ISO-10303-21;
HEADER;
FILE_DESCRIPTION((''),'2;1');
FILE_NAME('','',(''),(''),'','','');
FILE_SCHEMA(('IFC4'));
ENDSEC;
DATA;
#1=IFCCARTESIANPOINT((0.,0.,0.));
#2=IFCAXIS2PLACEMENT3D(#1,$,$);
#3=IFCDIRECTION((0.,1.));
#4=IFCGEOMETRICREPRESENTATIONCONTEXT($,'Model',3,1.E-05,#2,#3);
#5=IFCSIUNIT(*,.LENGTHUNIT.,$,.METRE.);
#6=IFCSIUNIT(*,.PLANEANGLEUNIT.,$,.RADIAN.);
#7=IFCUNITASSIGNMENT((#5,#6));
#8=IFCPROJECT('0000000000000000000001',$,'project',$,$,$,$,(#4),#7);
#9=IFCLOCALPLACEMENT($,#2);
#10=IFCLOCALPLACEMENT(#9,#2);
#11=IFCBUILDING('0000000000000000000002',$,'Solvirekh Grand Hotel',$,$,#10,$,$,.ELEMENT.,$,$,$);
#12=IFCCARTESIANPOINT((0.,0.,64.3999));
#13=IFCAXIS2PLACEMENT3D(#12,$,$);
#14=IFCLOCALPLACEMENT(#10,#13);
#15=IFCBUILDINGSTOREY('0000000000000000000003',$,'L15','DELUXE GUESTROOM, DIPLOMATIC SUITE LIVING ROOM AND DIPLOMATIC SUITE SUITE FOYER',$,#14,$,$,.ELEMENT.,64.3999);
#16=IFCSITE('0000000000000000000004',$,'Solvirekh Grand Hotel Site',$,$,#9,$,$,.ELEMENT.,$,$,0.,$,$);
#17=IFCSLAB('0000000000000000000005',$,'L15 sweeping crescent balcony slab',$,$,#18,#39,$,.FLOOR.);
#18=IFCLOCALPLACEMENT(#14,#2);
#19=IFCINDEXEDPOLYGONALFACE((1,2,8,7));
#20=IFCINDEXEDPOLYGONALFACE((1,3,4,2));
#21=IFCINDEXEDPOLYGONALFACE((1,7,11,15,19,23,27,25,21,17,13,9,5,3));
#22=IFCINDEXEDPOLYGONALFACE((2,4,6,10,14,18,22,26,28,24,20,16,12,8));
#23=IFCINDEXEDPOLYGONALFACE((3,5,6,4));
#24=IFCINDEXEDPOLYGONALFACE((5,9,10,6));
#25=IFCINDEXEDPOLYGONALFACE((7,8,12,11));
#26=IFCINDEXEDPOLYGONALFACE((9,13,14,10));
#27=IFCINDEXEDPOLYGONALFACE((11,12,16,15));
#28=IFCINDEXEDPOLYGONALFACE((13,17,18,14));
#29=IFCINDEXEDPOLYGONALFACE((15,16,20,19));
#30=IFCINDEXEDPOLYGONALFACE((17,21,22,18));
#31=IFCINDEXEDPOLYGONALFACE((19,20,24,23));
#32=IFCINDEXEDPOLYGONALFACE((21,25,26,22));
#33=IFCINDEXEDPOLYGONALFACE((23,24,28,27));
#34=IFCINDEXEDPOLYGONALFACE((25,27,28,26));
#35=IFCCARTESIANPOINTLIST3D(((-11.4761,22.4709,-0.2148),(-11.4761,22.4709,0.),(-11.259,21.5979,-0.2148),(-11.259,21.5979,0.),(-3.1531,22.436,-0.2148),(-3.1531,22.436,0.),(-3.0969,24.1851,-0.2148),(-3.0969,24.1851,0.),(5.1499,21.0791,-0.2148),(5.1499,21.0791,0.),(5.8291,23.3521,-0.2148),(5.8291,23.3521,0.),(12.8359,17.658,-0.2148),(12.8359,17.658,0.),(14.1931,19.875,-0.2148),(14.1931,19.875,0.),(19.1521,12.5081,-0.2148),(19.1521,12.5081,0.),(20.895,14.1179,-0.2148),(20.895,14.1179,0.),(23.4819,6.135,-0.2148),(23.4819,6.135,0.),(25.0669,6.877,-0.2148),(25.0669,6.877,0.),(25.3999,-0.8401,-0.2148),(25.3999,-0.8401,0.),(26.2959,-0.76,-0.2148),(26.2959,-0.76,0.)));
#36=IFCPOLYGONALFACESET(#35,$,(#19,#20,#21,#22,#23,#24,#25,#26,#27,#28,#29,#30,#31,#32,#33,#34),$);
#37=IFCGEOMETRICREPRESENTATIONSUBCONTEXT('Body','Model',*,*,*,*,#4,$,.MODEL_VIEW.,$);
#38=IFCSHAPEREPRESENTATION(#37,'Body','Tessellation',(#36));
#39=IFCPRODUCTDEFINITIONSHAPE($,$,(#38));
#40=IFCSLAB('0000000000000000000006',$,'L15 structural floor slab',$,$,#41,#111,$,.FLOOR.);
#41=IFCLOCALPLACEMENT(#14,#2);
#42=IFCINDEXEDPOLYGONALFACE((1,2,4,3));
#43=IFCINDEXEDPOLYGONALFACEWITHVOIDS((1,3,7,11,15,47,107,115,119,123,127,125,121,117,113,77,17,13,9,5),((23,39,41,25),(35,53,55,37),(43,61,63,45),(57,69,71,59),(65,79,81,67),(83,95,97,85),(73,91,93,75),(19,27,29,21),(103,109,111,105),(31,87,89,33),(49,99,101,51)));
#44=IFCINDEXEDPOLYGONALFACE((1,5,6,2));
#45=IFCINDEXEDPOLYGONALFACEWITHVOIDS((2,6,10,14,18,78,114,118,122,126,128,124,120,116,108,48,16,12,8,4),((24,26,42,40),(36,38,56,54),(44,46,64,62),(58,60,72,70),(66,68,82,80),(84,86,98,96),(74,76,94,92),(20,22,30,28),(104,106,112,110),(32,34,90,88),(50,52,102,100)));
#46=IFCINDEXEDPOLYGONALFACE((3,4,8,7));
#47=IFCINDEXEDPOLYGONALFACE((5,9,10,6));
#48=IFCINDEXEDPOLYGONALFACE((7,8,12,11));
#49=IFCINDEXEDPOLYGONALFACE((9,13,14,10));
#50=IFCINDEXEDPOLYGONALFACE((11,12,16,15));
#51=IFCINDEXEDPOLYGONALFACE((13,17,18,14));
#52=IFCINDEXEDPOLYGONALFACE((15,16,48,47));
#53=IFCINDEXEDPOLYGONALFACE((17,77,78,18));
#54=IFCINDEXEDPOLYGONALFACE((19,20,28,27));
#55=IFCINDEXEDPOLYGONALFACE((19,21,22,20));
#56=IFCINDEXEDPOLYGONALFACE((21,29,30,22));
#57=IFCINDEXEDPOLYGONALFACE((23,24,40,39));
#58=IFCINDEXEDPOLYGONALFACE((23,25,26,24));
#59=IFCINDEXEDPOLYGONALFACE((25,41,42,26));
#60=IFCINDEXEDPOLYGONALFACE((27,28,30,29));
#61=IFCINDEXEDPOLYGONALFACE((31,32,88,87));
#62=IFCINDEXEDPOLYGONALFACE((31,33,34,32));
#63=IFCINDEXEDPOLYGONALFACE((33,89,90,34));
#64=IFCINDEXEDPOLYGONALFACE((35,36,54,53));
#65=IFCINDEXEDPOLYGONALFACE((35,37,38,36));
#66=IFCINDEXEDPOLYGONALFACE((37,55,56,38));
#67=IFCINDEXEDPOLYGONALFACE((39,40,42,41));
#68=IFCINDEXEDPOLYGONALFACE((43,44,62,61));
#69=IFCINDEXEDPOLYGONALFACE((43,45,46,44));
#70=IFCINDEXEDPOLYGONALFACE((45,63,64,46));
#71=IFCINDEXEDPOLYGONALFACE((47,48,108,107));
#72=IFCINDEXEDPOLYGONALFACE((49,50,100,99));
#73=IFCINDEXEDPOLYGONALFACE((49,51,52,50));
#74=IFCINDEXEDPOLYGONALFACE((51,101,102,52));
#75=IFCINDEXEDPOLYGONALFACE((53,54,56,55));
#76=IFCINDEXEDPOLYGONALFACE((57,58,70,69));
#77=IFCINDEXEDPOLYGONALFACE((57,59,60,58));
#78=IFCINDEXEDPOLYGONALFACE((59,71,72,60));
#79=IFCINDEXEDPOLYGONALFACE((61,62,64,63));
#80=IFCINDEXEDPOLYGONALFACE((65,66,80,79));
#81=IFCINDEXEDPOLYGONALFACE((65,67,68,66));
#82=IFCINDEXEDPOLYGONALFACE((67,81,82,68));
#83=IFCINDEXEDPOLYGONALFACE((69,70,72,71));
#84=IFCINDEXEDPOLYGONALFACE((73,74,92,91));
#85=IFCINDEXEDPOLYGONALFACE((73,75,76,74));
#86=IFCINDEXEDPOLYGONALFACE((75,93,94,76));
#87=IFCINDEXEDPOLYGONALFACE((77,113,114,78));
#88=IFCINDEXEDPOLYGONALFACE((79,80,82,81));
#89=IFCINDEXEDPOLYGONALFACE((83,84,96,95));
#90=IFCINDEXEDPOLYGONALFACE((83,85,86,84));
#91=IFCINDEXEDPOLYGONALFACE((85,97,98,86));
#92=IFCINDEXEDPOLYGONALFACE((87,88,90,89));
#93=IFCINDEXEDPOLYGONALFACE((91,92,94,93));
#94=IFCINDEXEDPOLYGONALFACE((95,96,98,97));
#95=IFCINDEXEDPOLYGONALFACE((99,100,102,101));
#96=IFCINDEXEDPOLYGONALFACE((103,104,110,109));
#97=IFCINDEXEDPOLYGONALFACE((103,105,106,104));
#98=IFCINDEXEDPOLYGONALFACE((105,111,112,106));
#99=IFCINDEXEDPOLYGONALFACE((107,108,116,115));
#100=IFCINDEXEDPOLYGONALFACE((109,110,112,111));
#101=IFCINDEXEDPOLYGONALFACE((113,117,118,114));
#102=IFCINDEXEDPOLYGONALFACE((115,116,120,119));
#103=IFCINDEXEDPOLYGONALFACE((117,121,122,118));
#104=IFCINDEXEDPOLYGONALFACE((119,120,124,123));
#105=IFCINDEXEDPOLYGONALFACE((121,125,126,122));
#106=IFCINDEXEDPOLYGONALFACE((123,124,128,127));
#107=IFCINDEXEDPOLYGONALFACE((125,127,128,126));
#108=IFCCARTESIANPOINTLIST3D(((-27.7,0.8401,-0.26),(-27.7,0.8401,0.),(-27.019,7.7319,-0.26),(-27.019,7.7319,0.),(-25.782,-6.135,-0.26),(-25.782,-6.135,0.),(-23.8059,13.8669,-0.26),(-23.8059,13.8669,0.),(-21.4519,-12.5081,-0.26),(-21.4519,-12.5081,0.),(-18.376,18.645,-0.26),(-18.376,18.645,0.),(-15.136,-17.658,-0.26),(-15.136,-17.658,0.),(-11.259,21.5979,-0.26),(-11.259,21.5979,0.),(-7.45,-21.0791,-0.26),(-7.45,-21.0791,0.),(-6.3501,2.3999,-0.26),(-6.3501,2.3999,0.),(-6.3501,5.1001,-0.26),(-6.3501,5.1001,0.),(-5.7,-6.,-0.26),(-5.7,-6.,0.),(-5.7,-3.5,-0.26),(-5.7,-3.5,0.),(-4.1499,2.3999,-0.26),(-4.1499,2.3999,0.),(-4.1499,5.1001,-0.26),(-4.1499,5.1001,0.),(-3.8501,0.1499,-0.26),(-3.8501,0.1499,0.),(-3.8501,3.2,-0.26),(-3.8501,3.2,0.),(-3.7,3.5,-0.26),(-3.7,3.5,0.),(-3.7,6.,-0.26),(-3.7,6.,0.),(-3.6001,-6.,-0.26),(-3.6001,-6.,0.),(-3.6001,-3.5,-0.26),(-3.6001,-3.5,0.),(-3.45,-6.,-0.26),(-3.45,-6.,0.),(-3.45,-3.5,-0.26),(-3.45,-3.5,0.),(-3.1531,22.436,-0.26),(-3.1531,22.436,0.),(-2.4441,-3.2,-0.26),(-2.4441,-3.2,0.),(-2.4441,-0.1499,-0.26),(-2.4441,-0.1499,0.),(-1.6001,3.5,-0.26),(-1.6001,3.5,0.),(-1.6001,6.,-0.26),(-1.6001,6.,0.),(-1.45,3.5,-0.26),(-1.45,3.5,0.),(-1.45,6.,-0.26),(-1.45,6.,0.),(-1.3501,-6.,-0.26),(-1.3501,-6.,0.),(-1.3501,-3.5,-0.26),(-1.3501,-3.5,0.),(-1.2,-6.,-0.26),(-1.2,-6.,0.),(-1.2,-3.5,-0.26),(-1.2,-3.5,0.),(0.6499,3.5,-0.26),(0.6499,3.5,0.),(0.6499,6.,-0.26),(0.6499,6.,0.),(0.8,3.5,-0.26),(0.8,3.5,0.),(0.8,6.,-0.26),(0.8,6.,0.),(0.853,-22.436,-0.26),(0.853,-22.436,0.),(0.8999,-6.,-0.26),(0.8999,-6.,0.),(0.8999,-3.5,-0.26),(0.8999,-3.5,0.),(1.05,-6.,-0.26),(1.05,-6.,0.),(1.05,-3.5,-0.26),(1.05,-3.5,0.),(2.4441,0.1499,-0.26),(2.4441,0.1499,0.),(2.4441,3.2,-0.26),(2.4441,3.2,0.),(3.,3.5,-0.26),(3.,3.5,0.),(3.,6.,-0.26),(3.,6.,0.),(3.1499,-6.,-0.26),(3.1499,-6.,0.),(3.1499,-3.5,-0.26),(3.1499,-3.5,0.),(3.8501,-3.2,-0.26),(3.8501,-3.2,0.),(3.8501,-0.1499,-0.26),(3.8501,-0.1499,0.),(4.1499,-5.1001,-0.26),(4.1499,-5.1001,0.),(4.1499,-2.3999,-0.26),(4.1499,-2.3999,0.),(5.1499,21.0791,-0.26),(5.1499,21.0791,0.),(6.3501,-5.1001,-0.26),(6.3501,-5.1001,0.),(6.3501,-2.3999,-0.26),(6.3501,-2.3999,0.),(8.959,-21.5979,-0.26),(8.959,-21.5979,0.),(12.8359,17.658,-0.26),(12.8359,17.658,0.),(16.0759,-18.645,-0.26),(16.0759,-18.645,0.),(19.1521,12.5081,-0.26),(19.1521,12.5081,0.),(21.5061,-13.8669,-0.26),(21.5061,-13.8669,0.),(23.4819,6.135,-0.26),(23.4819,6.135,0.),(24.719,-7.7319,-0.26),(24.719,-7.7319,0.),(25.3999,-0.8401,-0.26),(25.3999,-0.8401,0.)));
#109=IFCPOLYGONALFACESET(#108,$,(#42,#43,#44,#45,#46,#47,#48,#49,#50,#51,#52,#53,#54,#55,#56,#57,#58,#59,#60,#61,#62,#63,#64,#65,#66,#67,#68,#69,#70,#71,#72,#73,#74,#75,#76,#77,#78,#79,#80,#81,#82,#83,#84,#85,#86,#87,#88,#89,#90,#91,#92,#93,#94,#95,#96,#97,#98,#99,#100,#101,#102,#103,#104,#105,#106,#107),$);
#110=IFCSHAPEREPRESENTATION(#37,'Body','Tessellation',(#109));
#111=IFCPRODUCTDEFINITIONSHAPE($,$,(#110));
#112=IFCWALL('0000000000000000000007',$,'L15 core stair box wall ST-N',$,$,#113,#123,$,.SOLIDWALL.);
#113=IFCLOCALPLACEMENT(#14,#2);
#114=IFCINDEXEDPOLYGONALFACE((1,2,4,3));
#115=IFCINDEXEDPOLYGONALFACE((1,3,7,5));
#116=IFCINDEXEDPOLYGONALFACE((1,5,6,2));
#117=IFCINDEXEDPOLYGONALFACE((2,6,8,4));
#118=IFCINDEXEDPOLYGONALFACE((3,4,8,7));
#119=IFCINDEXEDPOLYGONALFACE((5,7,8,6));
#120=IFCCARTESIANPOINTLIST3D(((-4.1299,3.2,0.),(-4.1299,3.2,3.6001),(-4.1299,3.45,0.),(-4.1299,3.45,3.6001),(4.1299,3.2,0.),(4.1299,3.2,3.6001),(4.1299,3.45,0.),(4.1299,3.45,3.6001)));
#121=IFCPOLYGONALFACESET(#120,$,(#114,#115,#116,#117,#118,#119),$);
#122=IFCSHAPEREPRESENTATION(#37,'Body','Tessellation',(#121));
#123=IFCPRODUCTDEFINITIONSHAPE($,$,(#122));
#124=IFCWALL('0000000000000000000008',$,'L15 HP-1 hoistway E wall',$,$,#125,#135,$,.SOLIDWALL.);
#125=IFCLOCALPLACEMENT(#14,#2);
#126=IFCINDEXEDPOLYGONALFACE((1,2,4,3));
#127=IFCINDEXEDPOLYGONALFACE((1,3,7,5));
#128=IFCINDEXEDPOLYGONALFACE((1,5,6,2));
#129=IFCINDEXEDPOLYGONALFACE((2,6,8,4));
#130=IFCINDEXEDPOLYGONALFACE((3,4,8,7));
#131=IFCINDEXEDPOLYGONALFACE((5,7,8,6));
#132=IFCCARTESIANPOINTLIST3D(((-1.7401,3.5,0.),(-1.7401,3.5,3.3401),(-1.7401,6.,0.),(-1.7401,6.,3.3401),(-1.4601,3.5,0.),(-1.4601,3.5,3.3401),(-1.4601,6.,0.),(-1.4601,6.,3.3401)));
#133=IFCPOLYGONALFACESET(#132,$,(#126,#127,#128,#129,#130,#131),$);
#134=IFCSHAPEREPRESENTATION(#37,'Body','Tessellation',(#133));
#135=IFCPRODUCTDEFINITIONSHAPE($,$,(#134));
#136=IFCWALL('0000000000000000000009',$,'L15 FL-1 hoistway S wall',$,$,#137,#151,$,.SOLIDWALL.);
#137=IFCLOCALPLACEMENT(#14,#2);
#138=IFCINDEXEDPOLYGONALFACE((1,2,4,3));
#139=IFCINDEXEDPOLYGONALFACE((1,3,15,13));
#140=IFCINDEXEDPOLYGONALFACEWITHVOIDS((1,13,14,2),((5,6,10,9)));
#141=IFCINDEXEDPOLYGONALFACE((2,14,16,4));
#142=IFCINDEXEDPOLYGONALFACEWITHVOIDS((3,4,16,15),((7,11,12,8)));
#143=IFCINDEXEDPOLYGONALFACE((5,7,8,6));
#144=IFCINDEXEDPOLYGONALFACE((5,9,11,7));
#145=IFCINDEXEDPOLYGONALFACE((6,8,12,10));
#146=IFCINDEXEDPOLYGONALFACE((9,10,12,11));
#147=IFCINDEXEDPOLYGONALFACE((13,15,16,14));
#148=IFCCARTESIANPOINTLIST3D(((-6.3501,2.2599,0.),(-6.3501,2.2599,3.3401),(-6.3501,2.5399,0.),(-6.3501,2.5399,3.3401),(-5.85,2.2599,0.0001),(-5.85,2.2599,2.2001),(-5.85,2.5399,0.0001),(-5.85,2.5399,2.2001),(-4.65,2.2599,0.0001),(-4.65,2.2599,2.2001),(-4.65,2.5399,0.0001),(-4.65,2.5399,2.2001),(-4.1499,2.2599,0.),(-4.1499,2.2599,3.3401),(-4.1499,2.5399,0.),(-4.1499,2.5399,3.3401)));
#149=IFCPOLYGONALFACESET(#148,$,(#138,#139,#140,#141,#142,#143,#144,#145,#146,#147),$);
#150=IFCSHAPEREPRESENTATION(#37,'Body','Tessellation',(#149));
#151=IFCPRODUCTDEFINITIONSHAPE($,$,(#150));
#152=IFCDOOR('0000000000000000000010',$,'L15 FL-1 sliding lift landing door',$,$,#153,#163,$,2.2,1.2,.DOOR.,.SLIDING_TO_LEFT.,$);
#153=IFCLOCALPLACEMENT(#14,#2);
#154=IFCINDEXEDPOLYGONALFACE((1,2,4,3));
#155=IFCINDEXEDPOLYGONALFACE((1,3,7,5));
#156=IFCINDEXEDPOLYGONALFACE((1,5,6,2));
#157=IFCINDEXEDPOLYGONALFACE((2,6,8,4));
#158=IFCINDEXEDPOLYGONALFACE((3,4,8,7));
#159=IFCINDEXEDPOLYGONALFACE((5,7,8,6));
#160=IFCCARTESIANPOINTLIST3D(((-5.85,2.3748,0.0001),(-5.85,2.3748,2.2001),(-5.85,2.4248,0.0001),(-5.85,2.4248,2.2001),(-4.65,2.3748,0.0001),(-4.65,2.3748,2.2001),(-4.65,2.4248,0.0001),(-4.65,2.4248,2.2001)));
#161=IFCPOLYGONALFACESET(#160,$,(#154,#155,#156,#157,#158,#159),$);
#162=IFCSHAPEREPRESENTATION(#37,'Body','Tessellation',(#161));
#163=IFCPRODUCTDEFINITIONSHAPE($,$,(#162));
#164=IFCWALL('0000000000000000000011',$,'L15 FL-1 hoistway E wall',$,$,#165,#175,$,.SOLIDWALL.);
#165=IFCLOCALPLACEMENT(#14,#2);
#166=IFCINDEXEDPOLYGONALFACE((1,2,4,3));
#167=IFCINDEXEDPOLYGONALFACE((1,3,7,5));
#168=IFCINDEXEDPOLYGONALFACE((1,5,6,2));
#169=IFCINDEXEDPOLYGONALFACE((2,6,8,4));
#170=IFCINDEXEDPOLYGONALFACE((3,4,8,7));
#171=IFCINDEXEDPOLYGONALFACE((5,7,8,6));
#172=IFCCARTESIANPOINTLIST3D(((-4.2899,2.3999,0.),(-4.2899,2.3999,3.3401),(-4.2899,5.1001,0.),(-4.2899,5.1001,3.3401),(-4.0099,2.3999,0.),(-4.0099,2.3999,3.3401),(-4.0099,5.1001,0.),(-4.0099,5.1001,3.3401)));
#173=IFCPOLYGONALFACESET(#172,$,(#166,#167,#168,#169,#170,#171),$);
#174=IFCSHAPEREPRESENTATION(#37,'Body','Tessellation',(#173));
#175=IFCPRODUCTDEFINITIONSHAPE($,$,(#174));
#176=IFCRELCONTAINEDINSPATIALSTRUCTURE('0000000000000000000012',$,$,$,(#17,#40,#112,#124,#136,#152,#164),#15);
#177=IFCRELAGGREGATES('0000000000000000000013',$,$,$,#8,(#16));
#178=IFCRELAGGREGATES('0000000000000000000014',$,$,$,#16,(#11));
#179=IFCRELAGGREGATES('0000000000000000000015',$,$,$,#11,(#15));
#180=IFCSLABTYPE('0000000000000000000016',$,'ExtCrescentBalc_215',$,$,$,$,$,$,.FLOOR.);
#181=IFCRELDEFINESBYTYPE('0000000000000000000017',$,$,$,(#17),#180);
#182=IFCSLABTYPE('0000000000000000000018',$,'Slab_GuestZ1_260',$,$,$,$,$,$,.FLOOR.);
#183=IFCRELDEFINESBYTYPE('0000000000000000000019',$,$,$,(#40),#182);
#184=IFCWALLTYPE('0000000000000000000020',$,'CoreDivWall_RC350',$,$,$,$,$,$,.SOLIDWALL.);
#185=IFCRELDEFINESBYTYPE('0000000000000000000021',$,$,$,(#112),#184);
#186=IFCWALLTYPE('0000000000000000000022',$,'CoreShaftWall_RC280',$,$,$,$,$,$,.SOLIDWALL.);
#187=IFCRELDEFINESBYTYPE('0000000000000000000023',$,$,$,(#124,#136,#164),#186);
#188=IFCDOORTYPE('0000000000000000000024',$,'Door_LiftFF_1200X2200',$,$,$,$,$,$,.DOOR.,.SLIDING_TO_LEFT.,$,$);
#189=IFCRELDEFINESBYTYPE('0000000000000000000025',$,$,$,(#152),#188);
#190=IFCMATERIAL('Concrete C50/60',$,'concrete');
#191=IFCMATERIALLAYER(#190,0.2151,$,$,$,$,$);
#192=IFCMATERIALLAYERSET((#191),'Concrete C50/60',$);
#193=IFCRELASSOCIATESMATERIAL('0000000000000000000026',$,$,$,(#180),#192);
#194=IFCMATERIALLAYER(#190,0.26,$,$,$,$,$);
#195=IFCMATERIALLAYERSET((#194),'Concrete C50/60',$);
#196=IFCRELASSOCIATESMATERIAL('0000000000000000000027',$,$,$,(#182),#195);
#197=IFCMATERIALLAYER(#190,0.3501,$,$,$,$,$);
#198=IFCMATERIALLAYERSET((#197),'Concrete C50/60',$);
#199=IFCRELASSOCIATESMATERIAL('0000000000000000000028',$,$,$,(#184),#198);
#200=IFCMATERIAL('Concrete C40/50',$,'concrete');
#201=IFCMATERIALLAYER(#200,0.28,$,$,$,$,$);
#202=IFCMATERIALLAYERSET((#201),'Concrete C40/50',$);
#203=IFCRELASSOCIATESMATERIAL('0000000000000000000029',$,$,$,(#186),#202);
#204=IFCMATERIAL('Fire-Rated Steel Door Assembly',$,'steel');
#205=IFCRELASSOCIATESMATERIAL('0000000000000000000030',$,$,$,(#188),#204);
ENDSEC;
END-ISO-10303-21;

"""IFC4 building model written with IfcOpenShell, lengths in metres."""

from ifc_helpers import new_model, si_unit, direction, frame, frame_2d, origin, place, context, subcontext, project, spatial, polyline, rectangle, outline, extrude, material, layer, layer_set, type_object, element, fill, save


model = new_model("IFC4")

# Units and contexts
model_context = context("Model", 3, precision=1e-05, world=origin(), true_north=direction((0.0, 1.0)))
body_context = subcontext(model_context, "Body", "Model", "MODEL_VIEW")
ifc_project = project(units=[si_unit("LENGTHUNIT", "METRE"), si_unit("PLANEANGLEUNIT", "RADIAN")], contexts=[model_context])

# Site, building, storey
site_placement = place(None, origin())
site = spatial("IfcSite", under=ifc_project, at=site_placement, Name="Solvirekh Grand Hotel Site", CompositionType="ELEMENT", RefElevation=0.0)
building_placement = place(site_placement, origin())
building = spatial("IfcBuilding", under=site, at=building_placement, Name="Solvirekh Grand Hotel", CompositionType="ELEMENT")
storey_placement = place(building_placement, frame((0.0, 0.0, 64.3999)))
storey = spatial("IfcBuildingStorey", under=building, at=storey_placement, Name="L15", Description="DELUXE GUESTROOM, DIPLOMATIC SUITE LIVING ROOM AND DIPLOMATIC SUITE SUITE FOYER", CompositionType="ELEMENT", Elevation=64.3999)

# Slabs
ifc_material_1 = material(Name="Concrete C50/60", Category="concrete")
ifc_layer_1 = layer(ifc_material_1, 0.2151)
ifc_layer_set_1 = layer_set([ifc_layer_1], Name="Concrete C50/60")
slab_type_1 = type_object("IfcSlabType", Name="ExtCrescentBalc_215", PredefinedType="FLOOR", material=ifc_layer_set_1)
slab_1_placement = place(storey_placement, frame((0.0, 0.0, -0.2148)))
element("IfcSlab", 1, at=slab_1_placement, inside=storey, type_object=slab_type_1, Name="L15 sweeping crescent balcony slab", PredefinedType="FLOOR", context=body_context, shape_type="SweptSolid", body=[
    extrude(outline(polyline([(26.2959, -0.76), (25.0669, 6.877), (20.895, 14.1179), (14.1931, 19.875), (5.8291, 23.3521), (-3.0969, 24.1851), (-11.4761, 22.4709), (-11.259, 21.5979), (-3.1531, 22.436), (5.1499, 21.0791), (12.8359, 17.658), (19.1521, 12.5081), (23.4819, 6.135), (25.3999, -0.8401), (26.2959, -0.76)])), origin(), (0.0, 0.0, 1.0), 0.2148),
])
ifc_layer_2 = layer(ifc_material_1, 0.26)
ifc_layer_set_2 = layer_set([ifc_layer_2], Name="Concrete C50/60")
slab_type_2 = type_object("IfcSlabType", Name="Slab_GuestZ1_260", PredefinedType="FLOOR", material=ifc_layer_set_2)
slab_2_placement = place(storey_placement, frame((0.0, 0.0, -0.26)))
element("IfcSlab", 2, at=slab_2_placement, inside=storey, type_object=slab_type_2, Name="L15 structural floor slab", PredefinedType="FLOOR", context=body_context, shape_type="SweptSolid", body=[
    extrude(outline(polyline([(24.719, -7.7319), (25.3999, -0.8401), (23.4819, 6.135), (19.1521, 12.5081), (12.8359, 17.658), (5.1499, 21.0791), (-3.1531, 22.436), (-11.259, 21.5979), (-18.376, 18.645), (-23.8059, 13.8669), (-27.019, 7.7319), (-27.7, 0.8401), (-25.782, -6.135), (-21.4519, -12.5081), (-15.136, -17.658), (-7.45, -21.0791), (0.853, -22.436), (8.959, -21.5979), (16.0759, -18.645), (21.5061, -13.8669), (24.719, -7.7319)]), holes=[polyline([(-2.4441, -0.1499), (3.8501, -0.1499), (3.8501, -3.2), (-2.4441, -3.2), (-2.4441, -0.1499)]), polyline([(2.4441, 0.1499), (-3.8501, 0.1499), (-3.8501, 3.2), (2.4441, 3.2), (2.4441, 0.1499)]), polyline([(-5.7, -3.5), (-3.6001, -3.5), (-3.6001, -6.0), (-5.7, -6.0), (-5.7, -3.5)]), polyline([(-3.45, -3.5), (-1.3501, -3.5), (-1.3501, -6.0), (-3.45, -6.0), (-3.45, -3.5)]), polyline([(-1.2, -3.5), (0.8999, -3.5), (0.8999, -6.0), (-1.2, -6.0), (-1.2, -3.5)]), polyline([(1.05, -3.5), (3.1499, -3.5), (3.1499, -6.0), (1.05, -6.0), (1.05, -3.5)]), polyline([(-3.7, 6.0), (-1.6001, 6.0), (-1.6001, 3.5), (-3.7, 3.5), (-3.7, 6.0)]), polyline([(-1.45, 6.0), (0.6499, 6.0), (0.6499, 3.5), (-1.45, 3.5), (-1.45, 6.0)]), polyline([(0.8, 6.0), (3.0, 6.0), (3.0, 3.5), (0.8, 3.5), (0.8, 6.0)]), polyline([(-6.3501, 5.1001), (-4.1499, 5.1001), (-4.1499, 2.3999), (-6.3501, 2.3999), (-6.3501, 5.1001)]), polyline([(4.1499, -2.3999), (6.3501, -2.3999), (6.3501, -5.1001), (4.1499, -5.1001), (4.1499, -2.3999)])]), origin(), (0.0, 0.0, 1.0), 0.26),
])

# Walls
ifc_layer_3 = layer(ifc_material_1, 0.3501)
ifc_layer_set_3 = layer_set([ifc_layer_3], Name="Concrete C50/60")
wall_type_1 = type_object("IfcWallType", Name="CoreDivWall_RC350", PredefinedType="SOLIDWALL", material=ifc_layer_set_3)
wall_1_placement = place(storey_placement, frame((-4.1299, 3.325, 0.0), z_axis=(0.0, 0.0, 1.0), x_axis=(1.0, 0.0, 0.0)))
element("IfcWall", 3, at=wall_1_placement, inside=storey, type_object=wall_type_1, Name="L15 core stair box wall ST-N", PredefinedType="SOLIDWALL", context=body_context, shape_type="SweptSolid", body=[
    extrude(rectangle(XDim=8.2598, YDim=0.25, at=frame_2d((4.1299, 0.0))), origin(), (0.0, 0.0, 1.0), 3.6001),
])
ifc_material_2 = material(Name="Concrete C40/50", Category="concrete")
ifc_layer_4 = layer(ifc_material_2, 0.28)
ifc_layer_set_4 = layer_set([ifc_layer_4], Name="Concrete C40/50")
wall_type_2 = type_object("IfcWallType", Name="CoreShaftWall_RC280", PredefinedType="SOLIDWALL", material=ifc_layer_set_4)
wall_2_placement = place(storey_placement, frame((-1.6001, 3.5, 0.0), z_axis=(0.0, 0.0, 1.0), x_axis=(0.0, 1.0, 0.0)))
element("IfcWall", 4, at=wall_2_placement, inside=storey, type_object=wall_type_2, Name="L15 HP-1 hoistway E wall", PredefinedType="SOLIDWALL", context=body_context, shape_type="SweptSolid", body=[
    extrude(rectangle(XDim=2.5, YDim=0.28, at=frame_2d((1.25, 0.0))), origin(), (0.0, 0.0, 1.0), 3.3401),
])

# Wall, opening, door
wall_3_placement = place(storey_placement, frame((-6.3501, 2.3999, 0.0), z_axis=(0.0, 0.0, 1.0), x_axis=(1.0, 0.0, 0.0)))
wall_3 = element("IfcWall", 5, at=wall_3_placement, inside=storey, type_object=wall_type_2, Name="L15 FL-1 hoistway S wall", PredefinedType="SOLIDWALL", context=body_context, shape_type="SweptSolid", body=[
    extrude(rectangle(XDim=2.2002, YDim=0.28, at=frame_2d((1.1001, 0.0))), origin(), (0.0, 0.0, 1.0), 3.3401),
])
opening_1_placement = place(wall_3_placement, frame((0.5, 0.0, 0.0)))
opening_1 = element("IfcOpeningElement", 6, at=opening_1_placement, cuts=wall_3, PredefinedType="OPENING", context=body_context, shape_type="SweptSolid", body=[
    extrude(rectangle(XDim=1.2, YDim=2.2, at=frame_2d((0.6001, 1.1001))), frame((0.0, 0.1499, 0.0), z_axis=(0.0, -1.0, 0.0), x_axis=(1.0, 0.0, 0.0)), (0.0, 0.0, 1.0), 0.3),
])
ifc_material_3 = material(Name="Fire-Rated Steel Door Assembly", Category="steel")
door_type_1 = type_object("IfcDoorType", Name="Door_LiftFF_1200X2200", OperationType="SLIDING_TO_LEFT", PredefinedType="DOOR", material=ifc_material_3)
door_1_placement = place(opening_1_placement, origin())
door_1 = element("IfcDoor", 7, at=door_1_placement, inside=storey, type_object=door_type_1, Name="L15 FL-1 sliding lift landing door", OperationType="SLIDING_TO_LEFT", OverallHeight=2.2, OverallWidth=1.2, PredefinedType="DOOR", context=body_context, shape_type="SweptSolid", body=[
    extrude(rectangle(XDim=1.2, YDim=2.2, at=frame_2d((0.6001, 1.1001))), frame((0.0, 0.0249, 0.0), z_axis=(0.0, -1.0, 0.0), x_axis=(1.0, 0.0, 0.0)), (0.0, 0.0, 1.0), 0.05),
])
fill(opening_1, door_1)

# Wall
wall_4_placement = place(storey_placement, frame((-4.1499, 2.3999, 0.0), z_axis=(0.0, 0.0, 1.0), x_axis=(0.0, 1.0, 0.0)))
element("IfcWall", 8, at=wall_4_placement, inside=storey, type_object=wall_type_2, Name="L15 FL-1 hoistway E wall", PredefinedType="SOLIDWALL", context=body_context, shape_type="SweptSolid", body=[
    extrude(rectangle(XDim=2.7002, YDim=0.28, at=frame_2d((1.3501, 0.0))), origin(), (0.0, 0.0, 1.0), 3.3401),
])

save(model, "model.ifc")
